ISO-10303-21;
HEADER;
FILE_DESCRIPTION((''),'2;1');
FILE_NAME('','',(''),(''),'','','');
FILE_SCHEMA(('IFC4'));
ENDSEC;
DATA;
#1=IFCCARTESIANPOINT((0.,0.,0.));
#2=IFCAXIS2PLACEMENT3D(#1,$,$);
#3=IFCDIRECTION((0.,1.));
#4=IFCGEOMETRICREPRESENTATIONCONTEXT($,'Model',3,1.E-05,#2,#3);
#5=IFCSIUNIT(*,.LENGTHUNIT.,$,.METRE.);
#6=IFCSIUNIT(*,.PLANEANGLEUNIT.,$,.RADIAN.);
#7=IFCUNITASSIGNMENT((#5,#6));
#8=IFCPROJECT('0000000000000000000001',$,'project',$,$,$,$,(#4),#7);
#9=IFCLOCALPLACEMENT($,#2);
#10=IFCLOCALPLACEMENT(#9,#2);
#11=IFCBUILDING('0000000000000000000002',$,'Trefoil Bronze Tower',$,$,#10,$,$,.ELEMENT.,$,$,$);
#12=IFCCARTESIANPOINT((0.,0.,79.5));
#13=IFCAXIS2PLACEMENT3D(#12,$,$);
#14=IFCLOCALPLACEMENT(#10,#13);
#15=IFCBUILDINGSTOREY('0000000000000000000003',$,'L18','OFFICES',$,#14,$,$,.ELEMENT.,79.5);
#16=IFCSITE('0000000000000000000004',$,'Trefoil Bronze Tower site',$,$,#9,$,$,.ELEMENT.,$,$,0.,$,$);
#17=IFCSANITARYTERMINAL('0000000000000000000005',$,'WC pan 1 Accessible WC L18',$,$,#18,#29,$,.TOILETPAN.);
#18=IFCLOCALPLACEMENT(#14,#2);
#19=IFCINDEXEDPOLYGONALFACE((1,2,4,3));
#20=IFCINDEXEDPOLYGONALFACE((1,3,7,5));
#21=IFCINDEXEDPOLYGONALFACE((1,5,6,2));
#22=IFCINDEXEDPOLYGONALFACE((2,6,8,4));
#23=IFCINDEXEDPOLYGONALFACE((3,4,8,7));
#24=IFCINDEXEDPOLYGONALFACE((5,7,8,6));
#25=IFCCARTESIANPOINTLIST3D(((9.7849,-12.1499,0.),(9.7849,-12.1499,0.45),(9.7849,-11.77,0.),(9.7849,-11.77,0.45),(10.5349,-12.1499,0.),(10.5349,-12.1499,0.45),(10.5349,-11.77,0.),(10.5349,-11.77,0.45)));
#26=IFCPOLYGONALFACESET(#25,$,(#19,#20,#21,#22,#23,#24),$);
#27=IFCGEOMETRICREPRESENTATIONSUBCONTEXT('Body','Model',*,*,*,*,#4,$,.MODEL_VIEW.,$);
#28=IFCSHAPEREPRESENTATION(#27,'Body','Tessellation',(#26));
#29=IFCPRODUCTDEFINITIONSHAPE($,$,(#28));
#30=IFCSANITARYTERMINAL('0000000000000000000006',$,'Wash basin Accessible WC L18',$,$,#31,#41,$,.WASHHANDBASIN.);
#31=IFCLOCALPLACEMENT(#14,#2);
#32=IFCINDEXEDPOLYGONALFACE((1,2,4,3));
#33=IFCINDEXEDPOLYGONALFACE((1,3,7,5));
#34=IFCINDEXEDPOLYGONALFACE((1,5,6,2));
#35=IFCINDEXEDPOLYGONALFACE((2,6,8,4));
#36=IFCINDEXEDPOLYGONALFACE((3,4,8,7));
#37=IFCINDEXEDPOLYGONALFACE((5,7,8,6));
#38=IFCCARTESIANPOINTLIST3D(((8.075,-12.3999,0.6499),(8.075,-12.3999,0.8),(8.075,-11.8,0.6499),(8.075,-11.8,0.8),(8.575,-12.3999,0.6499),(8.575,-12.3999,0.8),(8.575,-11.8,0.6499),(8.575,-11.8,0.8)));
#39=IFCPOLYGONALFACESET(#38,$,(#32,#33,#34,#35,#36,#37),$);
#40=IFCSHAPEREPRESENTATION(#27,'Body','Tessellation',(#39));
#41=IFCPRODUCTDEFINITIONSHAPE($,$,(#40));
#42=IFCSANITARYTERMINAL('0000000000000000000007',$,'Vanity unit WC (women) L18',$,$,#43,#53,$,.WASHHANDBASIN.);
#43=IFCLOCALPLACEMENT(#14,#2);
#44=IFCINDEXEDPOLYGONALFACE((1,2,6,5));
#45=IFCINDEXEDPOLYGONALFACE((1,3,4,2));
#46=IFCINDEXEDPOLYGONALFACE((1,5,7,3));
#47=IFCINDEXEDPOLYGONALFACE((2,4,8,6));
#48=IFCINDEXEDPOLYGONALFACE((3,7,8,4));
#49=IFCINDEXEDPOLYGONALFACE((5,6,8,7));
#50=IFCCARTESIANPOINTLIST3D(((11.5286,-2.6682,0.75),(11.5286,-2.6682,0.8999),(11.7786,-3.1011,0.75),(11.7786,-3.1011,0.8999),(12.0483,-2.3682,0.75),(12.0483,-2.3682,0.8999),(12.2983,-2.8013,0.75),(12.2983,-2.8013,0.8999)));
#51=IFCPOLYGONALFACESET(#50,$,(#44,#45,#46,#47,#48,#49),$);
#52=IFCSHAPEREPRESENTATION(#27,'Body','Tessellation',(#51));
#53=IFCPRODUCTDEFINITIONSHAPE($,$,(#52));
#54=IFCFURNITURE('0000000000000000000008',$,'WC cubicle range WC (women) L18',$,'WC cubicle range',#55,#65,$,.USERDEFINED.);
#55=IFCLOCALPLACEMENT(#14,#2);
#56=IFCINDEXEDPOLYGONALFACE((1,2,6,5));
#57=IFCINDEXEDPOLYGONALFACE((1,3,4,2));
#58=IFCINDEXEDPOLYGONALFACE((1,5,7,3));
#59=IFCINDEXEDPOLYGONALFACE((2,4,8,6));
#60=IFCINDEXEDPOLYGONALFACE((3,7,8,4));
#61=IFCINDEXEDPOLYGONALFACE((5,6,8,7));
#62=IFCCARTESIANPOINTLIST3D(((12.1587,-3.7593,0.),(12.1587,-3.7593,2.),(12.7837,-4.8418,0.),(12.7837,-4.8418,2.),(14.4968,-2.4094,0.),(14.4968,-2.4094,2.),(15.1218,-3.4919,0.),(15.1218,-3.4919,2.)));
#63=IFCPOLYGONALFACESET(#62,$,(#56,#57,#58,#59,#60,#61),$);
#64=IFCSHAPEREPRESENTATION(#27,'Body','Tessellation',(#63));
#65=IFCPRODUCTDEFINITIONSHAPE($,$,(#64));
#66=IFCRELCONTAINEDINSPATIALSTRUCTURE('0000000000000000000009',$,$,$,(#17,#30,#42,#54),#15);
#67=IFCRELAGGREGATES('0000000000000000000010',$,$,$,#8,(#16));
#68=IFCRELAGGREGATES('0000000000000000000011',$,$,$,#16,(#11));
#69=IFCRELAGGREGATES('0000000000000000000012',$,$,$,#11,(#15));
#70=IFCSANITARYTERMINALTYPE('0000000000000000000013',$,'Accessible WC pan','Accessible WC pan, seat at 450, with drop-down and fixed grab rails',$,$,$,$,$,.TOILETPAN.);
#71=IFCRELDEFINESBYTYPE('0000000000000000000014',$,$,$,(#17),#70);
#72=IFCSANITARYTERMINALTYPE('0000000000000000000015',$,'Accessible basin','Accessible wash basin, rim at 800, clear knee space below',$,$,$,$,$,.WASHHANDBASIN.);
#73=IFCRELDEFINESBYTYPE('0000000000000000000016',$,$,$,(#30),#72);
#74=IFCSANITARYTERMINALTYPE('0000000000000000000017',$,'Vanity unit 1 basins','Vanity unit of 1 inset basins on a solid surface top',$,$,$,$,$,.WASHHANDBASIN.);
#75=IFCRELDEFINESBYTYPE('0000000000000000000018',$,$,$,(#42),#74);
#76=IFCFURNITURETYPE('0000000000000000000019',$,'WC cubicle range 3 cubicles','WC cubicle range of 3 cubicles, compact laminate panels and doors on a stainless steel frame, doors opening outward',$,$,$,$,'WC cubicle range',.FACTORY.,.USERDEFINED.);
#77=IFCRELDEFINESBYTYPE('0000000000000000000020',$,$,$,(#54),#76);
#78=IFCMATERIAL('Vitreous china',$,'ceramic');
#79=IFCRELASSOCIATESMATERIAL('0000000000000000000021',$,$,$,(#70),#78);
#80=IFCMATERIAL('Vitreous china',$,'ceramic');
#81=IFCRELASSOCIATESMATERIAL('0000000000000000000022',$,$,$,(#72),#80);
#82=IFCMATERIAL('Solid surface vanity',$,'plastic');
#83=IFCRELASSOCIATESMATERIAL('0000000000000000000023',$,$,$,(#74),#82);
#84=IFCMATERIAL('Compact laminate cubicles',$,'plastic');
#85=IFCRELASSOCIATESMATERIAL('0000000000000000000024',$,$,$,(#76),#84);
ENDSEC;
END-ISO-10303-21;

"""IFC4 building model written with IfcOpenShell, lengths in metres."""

from ifc_helpers import new_model, si_unit, direction, frame, origin, place, context, subcontext, project, spatial, polyline, outline, extrude, material, type_object, element, save


model = new_model("IFC4")

# Units and contexts
model_context = context("Model", 3, precision=1e-05, world=origin(), true_north=direction((0.0, 1.0)))
body_context = subcontext(model_context, "Body", "Model", "MODEL_VIEW")
ifc_project = project(units=[si_unit("LENGTHUNIT", "METRE"), si_unit("PLANEANGLEUNIT", "RADIAN")], contexts=[model_context])

# Site, building, storey
site_placement = place(None, origin())
site = spatial("IfcSite", under=ifc_project, at=site_placement, Name="Trefoil Bronze Tower site", CompositionType="ELEMENT", RefElevation=0.0)
building_placement = place(site_placement, origin())
building = spatial("IfcBuilding", under=site, at=building_placement, Name="Trefoil Bronze Tower", CompositionType="ELEMENT")
storey_placement = place(building_placement, frame((0.0, 0.0, 79.5)))
storey = spatial("IfcBuildingStorey", under=building, at=storey_placement, Name="L18", Description="OFFICES", CompositionType="ELEMENT", Elevation=79.5)

# Sanitary terminals
ifc_material_1 = material(Name="Vitreous china", Category="ceramic")
sanitary_terminal_type_1 = type_object("IfcSanitaryTerminalType", Name="Accessible WC pan", Description="Accessible WC pan, seat at 450, with drop-down and fixed grab rails", PredefinedType="TOILETPAN", material=ifc_material_1)
sanitary_terminal_1_placement = place(storey_placement, origin())
element("IfcSanitaryTerminal", 1, at=sanitary_terminal_1_placement, inside=storey, type_object=sanitary_terminal_type_1, Name="WC pan 1 Accessible WC L18", PredefinedType="TOILETPAN", context=body_context, shape_type="SweptSolid", body=[
    extrude(outline(polyline([(9.7849, -11.77), (10.5349, -11.77), (10.5349, -12.1499), (9.7849, -12.1499), (9.7849, -11.77)])), origin(), (0.0, 0.0, 1.0), 0.45),
])
ifc_material_2 = material(Name="Vitreous china", Category="ceramic")
sanitary_terminal_type_2 = type_object("IfcSanitaryTerminalType", Name="Accessible basin", Description="Accessible wash basin, rim at 800, clear knee space below", PredefinedType="WASHHANDBASIN", material=ifc_material_2)
sanitary_terminal_2_placement = place(storey_placement, frame((0.0, 0.0, 0.6499)))
element("IfcSanitaryTerminal", 2, at=sanitary_terminal_2_placement, inside=storey, type_object=sanitary_terminal_type_2, Name="Wash basin Accessible WC L18", PredefinedType="WASHHANDBASIN", context=body_context, shape_type="SweptSolid", body=[
    extrude(outline(polyline([(8.075, -11.8), (8.575, -11.8), (8.575, -12.3999), (8.075, -12.3999), (8.075, -11.8)])), origin(), (0.0, 0.0, 1.0), 0.1501),
])
ifc_material_3 = material(Name="Solid surface vanity", Category="plastic")
sanitary_terminal_type_3 = type_object("IfcSanitaryTerminalType", Name="Vanity unit 1 basins", Description="Vanity unit of 1 inset basins on a solid surface top", PredefinedType="WASHHANDBASIN", material=ifc_material_3)
sanitary_terminal_3_placement = place(storey_placement, frame((0.0, 0.0, 0.75)))
element("IfcSanitaryTerminal", 3, at=sanitary_terminal_3_placement, inside=storey, type_object=sanitary_terminal_type_3, Name="Vanity unit WC (women) L18", PredefinedType="WASHHANDBASIN", context=body_context, shape_type="SweptSolid", body=[
    extrude(outline(polyline([(11.5286, -2.6682), (11.7786, -3.1011), (12.2983, -2.8013), (12.0483, -2.3682), (11.5286, -2.6682)])), origin(), (0.0, 0.0, 1.0), 0.1499),
])

# Furniture
ifc_material_4 = material(Name="Compact laminate cubicles", Category="plastic")
furniture_type = type_object("IfcFurnitureType", Name="WC cubicle range 3 cubicles", Description="WC cubicle range of 3 cubicles, compact laminate panels and doors on a stainless steel frame, doors opening outward", ElementType="WC cubicle range", AssemblyPlace="FACTORY", PredefinedType="USERDEFINED", material=ifc_material_4)
furniture_placement = place(storey_placement, origin())
element("IfcFurniture", 4, at=furniture_placement, inside=storey, type_object=furniture_type, Name="WC cubicle range WC (women) L18", ObjectType="WC cubicle range", PredefinedType="USERDEFINED", context=body_context, shape_type="SweptSolid", body=[
    extrude(outline(polyline([(12.1587, -3.7593), (12.7837, -4.8418), (15.1218, -3.4919), (14.4968, -2.4094), (12.1587, -3.7593)])), origin(), (0.0, 0.0, 1.0), 2.0),
])

save(model, "model.ifc")
